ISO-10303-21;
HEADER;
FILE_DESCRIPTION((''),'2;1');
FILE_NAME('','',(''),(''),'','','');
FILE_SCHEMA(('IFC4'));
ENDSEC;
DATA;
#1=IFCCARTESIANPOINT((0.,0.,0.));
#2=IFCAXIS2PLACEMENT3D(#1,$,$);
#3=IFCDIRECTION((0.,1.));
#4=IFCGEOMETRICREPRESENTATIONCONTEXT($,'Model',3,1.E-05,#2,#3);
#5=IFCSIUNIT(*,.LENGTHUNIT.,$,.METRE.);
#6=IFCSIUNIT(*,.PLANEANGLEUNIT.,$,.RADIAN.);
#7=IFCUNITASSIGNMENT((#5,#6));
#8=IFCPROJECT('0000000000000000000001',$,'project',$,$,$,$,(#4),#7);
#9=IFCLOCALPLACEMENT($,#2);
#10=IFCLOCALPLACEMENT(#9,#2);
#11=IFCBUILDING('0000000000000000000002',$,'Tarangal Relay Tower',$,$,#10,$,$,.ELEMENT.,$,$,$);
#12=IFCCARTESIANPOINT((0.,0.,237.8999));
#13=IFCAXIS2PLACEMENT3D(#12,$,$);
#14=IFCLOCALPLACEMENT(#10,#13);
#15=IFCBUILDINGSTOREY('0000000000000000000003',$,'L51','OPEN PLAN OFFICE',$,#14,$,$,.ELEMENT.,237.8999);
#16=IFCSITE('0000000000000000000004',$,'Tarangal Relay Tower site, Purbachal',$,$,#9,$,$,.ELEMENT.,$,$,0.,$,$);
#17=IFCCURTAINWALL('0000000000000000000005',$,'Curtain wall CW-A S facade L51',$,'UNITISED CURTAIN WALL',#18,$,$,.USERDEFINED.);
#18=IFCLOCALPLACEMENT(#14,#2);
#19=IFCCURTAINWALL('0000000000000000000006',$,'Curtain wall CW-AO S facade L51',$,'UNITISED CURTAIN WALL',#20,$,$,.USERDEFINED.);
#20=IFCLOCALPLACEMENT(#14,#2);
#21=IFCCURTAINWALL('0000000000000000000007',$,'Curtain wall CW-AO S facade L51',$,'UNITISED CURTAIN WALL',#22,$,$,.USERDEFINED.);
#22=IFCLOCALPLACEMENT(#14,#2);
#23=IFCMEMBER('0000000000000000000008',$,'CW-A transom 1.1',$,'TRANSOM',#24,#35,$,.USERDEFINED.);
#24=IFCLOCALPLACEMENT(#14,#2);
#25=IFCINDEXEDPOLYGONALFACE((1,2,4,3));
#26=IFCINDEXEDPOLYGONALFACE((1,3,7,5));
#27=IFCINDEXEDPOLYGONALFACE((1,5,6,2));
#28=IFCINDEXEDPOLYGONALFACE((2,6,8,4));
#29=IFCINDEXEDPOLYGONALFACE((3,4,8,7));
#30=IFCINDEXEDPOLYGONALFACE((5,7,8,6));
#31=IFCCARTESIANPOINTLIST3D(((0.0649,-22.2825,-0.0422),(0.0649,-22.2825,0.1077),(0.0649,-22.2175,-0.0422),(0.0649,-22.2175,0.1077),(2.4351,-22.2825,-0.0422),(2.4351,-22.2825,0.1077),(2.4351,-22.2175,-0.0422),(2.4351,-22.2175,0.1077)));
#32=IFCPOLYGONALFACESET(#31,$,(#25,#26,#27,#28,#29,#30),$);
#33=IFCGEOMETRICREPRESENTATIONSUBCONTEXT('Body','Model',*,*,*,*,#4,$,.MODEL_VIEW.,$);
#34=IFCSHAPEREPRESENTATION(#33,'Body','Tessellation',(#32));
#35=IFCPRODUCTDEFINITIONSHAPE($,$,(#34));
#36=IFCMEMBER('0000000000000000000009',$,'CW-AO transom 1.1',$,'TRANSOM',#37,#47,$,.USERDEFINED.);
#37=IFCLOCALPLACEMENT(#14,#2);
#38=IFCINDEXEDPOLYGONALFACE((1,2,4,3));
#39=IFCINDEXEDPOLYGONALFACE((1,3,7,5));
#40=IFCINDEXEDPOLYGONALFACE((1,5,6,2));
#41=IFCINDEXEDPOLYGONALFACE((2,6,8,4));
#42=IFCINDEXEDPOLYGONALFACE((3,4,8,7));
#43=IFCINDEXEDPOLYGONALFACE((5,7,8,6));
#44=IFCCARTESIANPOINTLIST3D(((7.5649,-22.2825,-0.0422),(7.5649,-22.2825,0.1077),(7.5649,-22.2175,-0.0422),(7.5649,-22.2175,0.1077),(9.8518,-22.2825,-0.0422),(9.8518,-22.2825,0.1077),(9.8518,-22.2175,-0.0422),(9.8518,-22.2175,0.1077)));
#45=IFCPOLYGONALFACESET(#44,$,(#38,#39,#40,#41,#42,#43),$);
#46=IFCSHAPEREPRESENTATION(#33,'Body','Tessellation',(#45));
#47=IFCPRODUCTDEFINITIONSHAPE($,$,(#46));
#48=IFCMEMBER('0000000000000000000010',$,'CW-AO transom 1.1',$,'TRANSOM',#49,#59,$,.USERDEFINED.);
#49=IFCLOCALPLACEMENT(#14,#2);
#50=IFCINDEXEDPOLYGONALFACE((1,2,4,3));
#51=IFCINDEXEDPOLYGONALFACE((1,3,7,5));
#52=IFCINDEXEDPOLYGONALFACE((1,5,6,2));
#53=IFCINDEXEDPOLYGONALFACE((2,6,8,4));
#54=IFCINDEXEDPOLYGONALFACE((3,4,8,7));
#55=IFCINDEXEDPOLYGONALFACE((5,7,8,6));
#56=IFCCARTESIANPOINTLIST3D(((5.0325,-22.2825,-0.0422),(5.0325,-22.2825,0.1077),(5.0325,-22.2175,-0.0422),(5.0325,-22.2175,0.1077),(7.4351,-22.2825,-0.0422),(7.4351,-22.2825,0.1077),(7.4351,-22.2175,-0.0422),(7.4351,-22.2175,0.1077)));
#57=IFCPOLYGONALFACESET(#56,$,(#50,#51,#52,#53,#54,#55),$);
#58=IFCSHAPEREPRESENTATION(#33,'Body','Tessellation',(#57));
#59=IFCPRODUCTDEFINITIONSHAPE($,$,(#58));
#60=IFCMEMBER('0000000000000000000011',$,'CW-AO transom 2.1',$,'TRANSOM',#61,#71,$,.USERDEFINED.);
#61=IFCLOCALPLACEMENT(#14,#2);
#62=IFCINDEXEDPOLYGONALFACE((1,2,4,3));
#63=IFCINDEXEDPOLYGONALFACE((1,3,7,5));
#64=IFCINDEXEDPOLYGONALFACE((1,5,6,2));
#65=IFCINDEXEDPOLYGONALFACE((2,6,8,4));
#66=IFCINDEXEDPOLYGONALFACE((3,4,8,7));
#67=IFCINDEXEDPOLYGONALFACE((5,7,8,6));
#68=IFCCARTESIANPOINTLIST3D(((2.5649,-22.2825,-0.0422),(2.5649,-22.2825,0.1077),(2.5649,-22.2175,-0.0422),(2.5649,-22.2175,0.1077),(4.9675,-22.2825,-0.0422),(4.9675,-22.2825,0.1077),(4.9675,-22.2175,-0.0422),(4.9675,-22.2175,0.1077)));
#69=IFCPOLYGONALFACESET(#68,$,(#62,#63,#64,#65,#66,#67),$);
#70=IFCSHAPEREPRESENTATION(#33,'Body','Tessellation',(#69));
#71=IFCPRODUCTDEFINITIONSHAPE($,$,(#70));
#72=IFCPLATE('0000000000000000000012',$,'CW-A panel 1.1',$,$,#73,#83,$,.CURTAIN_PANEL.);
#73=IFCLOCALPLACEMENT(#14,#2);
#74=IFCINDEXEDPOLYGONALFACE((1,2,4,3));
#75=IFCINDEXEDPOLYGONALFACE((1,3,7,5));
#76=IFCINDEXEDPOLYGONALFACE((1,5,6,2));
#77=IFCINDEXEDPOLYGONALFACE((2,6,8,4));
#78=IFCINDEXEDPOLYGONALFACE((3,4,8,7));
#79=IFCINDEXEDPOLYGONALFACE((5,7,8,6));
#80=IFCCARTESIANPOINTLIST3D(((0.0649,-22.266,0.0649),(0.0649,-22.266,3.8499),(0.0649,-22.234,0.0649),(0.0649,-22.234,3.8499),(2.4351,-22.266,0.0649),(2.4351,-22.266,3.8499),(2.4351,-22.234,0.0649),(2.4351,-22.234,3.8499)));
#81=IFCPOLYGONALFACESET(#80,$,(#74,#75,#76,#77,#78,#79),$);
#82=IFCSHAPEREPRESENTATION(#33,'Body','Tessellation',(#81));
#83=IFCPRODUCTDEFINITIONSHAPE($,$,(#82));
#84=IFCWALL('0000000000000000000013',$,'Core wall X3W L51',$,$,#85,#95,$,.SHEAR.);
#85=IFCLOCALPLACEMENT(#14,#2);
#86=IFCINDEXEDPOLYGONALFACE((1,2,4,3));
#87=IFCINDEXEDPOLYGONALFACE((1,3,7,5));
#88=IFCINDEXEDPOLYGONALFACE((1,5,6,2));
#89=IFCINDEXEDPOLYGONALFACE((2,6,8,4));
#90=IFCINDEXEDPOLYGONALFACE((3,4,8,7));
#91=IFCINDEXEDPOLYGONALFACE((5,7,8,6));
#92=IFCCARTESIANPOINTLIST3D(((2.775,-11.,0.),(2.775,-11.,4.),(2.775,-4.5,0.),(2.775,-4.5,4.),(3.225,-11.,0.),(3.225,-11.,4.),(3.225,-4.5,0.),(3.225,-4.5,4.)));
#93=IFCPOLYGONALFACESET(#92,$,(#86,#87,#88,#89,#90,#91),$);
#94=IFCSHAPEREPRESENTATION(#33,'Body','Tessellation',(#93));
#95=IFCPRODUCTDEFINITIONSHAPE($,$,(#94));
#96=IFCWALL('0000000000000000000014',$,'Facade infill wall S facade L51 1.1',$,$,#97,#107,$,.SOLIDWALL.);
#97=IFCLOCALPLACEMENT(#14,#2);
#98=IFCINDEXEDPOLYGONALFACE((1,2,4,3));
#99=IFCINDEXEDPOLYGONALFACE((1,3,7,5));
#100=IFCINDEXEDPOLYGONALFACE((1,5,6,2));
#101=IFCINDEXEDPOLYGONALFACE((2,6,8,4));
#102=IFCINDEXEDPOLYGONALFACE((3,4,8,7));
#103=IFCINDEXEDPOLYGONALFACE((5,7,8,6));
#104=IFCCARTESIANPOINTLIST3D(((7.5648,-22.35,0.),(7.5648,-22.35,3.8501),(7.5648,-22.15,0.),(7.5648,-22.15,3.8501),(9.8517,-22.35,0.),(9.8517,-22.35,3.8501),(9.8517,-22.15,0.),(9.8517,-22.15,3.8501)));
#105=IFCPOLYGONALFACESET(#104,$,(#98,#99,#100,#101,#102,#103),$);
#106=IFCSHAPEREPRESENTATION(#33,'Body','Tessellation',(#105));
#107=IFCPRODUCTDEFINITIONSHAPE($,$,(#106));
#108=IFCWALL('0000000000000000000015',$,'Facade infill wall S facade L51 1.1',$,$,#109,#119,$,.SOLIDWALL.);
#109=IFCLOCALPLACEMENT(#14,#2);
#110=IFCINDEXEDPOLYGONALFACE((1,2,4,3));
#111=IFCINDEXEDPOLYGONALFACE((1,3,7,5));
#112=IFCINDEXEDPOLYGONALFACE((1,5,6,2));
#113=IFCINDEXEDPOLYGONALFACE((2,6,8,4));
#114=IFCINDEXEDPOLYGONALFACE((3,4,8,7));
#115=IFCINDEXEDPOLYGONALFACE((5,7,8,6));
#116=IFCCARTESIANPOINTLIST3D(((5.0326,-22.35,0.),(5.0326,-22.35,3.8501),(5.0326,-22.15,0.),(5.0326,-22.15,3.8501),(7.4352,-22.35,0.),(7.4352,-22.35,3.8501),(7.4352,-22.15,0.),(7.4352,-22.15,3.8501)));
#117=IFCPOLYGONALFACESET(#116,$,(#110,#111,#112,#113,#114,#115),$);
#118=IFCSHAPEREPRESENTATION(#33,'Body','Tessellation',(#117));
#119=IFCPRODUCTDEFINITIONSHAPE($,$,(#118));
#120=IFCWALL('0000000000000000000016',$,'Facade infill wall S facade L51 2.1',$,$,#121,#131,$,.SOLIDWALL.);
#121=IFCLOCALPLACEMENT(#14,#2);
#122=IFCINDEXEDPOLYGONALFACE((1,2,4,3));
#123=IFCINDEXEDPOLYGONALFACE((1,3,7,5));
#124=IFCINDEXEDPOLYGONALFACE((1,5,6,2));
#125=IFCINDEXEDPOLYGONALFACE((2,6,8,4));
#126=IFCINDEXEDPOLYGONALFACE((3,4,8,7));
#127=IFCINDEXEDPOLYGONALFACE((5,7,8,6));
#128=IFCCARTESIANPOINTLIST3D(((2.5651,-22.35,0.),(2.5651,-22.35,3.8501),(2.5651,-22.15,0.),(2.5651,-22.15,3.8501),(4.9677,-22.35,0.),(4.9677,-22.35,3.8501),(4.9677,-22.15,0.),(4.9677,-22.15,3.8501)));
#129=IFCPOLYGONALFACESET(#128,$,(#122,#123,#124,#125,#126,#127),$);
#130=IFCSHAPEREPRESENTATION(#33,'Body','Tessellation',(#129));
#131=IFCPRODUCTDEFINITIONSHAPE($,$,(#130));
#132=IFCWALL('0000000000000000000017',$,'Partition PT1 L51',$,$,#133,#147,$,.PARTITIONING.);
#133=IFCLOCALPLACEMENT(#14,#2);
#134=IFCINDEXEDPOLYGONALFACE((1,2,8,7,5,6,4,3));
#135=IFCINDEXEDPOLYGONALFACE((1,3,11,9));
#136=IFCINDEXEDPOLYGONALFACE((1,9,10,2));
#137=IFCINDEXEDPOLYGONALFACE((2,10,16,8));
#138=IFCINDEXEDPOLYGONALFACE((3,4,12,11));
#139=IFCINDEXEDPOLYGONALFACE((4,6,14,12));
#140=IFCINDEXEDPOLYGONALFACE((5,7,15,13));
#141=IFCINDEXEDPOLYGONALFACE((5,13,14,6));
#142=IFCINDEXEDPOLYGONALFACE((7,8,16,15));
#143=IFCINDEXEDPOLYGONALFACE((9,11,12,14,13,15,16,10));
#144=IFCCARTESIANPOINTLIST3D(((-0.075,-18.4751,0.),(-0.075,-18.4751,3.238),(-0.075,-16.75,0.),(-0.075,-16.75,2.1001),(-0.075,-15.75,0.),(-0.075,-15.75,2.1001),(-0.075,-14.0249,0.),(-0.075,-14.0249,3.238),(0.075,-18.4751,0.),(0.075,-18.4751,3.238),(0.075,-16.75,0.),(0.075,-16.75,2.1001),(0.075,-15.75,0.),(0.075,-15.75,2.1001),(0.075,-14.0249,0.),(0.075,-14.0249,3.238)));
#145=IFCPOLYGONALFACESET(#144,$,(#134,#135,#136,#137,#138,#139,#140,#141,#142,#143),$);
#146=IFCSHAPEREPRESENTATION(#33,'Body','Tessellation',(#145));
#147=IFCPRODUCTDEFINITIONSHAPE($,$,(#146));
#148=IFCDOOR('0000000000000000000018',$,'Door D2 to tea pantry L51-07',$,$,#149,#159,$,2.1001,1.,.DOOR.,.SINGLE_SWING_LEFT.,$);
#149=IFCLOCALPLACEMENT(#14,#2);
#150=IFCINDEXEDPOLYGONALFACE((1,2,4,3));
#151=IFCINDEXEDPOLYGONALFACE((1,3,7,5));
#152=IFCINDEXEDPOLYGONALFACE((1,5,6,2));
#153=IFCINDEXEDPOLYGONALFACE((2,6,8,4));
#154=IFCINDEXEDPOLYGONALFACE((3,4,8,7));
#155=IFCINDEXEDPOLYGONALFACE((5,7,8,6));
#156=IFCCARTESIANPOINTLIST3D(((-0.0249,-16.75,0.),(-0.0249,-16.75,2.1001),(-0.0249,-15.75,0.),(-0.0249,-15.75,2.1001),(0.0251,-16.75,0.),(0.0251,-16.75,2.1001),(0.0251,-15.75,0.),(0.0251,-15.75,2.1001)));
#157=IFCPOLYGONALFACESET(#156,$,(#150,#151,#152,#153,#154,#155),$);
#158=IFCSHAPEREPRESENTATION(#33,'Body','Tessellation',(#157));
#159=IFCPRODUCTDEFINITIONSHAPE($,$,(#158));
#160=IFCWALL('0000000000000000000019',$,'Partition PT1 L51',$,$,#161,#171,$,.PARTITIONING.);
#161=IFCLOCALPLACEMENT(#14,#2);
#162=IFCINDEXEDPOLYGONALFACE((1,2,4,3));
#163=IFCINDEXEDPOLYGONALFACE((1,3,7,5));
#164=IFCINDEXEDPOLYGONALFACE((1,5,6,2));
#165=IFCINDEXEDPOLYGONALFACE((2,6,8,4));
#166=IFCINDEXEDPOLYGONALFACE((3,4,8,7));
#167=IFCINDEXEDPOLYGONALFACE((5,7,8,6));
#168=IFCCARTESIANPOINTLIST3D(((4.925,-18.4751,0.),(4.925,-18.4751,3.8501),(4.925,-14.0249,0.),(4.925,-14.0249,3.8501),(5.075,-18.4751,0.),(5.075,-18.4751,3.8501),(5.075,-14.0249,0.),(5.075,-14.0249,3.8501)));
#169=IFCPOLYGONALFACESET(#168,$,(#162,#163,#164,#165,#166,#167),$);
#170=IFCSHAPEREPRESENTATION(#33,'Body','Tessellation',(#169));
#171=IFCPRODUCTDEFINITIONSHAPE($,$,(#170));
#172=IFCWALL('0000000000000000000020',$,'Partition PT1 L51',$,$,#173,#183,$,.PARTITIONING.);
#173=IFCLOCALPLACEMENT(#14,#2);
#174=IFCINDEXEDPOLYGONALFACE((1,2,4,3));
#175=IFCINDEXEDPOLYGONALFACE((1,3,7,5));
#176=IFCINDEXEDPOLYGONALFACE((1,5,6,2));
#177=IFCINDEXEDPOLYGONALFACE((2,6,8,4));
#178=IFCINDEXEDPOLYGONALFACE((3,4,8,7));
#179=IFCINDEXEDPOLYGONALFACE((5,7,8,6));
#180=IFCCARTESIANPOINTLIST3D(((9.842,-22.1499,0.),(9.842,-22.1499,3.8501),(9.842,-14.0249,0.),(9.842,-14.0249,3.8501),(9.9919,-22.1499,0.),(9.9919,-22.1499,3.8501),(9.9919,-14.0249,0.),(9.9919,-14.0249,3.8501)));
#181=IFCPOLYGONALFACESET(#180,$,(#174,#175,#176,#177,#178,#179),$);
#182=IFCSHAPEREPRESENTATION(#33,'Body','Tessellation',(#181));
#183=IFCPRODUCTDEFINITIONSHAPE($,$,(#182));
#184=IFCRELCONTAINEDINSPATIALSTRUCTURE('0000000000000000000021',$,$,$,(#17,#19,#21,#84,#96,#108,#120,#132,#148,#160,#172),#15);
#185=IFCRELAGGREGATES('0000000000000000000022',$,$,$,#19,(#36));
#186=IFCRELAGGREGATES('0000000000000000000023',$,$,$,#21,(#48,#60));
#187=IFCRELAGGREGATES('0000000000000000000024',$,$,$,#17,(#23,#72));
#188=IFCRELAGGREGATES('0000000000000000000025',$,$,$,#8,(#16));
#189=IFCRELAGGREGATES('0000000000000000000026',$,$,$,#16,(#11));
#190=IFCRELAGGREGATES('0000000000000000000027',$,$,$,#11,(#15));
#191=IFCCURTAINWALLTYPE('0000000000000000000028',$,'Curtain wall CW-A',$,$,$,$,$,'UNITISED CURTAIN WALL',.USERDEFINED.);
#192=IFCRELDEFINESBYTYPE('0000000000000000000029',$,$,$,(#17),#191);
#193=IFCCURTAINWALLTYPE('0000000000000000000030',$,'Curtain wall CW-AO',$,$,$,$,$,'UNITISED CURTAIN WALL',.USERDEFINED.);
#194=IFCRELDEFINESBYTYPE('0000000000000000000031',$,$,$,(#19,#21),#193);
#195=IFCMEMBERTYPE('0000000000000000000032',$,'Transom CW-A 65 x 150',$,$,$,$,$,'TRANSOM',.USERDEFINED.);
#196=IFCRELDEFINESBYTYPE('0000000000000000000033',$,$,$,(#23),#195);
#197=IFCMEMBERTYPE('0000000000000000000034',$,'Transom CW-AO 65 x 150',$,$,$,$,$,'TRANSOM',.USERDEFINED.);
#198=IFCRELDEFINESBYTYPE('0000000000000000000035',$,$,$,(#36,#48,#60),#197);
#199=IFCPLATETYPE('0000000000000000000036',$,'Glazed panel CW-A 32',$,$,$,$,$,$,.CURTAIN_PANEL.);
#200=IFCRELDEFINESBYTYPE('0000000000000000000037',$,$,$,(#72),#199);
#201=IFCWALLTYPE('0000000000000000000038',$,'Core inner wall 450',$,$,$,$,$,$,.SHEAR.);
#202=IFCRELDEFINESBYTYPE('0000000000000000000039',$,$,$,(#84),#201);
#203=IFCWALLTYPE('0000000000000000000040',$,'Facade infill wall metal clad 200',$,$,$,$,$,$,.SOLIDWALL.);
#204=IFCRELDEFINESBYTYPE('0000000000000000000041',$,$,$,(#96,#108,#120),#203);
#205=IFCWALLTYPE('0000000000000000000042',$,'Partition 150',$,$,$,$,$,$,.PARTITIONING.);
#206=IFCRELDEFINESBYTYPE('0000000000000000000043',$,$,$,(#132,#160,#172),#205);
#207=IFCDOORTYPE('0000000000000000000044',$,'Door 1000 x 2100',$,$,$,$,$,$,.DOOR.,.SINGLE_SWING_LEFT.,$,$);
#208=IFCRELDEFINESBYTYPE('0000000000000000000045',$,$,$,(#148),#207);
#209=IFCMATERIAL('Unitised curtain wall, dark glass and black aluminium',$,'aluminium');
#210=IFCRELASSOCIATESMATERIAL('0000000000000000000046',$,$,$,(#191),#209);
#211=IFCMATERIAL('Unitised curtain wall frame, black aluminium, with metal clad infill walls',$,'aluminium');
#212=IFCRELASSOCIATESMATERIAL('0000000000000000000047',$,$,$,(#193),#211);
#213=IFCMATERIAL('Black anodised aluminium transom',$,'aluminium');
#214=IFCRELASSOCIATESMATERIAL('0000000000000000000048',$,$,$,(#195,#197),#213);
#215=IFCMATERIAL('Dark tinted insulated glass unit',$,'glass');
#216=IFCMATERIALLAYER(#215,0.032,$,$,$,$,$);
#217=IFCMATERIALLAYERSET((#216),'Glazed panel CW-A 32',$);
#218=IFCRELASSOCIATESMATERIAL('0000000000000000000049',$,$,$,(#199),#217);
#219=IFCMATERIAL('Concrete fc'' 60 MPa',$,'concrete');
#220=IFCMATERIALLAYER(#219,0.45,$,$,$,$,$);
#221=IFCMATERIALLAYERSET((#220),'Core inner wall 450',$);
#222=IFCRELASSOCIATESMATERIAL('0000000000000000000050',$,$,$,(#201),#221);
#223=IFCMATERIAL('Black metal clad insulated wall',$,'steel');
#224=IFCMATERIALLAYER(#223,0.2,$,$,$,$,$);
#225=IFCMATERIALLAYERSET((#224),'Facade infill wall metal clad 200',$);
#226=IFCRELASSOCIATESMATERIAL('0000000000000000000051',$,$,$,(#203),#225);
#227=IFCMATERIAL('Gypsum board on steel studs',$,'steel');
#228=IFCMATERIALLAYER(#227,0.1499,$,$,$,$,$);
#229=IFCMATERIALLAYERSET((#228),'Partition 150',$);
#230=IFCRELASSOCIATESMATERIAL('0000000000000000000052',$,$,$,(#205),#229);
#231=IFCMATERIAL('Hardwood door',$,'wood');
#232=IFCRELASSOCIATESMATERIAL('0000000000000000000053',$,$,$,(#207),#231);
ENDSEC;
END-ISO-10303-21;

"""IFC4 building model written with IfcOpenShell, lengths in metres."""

from ifc_helpers import new_model, si_unit, direction, frame, frame_2d, origin, origin_2d, place, context, subcontext, project, spatial, rectangle, extrude, material, layer, layer_set, material_profile, profile_set, type_object, element, fill, aggregate, save


model = new_model("IFC4")

# Units and contexts
model_context = context("Model", 3, precision=1e-05, world=origin(), true_north=direction((0.0, 1.0)))
body_context = subcontext(model_context, "Body", "Model", "MODEL_VIEW")
ifc_project = project(units=[si_unit("LENGTHUNIT", "METRE"), si_unit("PLANEANGLEUNIT", "RADIAN")], contexts=[model_context])

# Site, building, storey
site_placement = place(None, origin())
site = spatial("IfcSite", under=ifc_project, at=site_placement, Name="Tarangal Relay Tower site, Purbachal", CompositionType="ELEMENT", RefElevation=0.0)
building_placement = place(site_placement, origin())
building = spatial("IfcBuilding", under=site, at=building_placement, Name="Tarangal Relay Tower", CompositionType="ELEMENT")
storey_placement = place(building_placement, frame((0.0, 0.0, 237.8999)))
storey = spatial("IfcBuildingStorey", under=building, at=storey_placement, Name="L51", Description="OPEN PLAN OFFICE", CompositionType="ELEMENT", Elevation=237.8999)

# Shared definitions
ifc_material_1 = material(Name="Unitised curtain wall, dark glass and black aluminium", Category="aluminium")
curtain_wall_type_1 = type_object("IfcCurtainWallType", Name="Curtain wall CW-A", ElementType="UNITISED CURTAIN WALL", PredefinedType="USERDEFINED", material=ifc_material_1)

# Curtain walls
curtain_wall_1_placement = place(storey_placement, origin())
curtain_wall_1 = element("IfcCurtainWall", 1, at=curtain_wall_1_placement, inside=storey, type_object=curtain_wall_type_1, Name="Curtain wall CW-A S facade L51", ObjectType="UNITISED CURTAIN WALL", PredefinedType="USERDEFINED")
ifc_material_2 = material(Name="Unitised curtain wall frame, black aluminium, with metal clad infill walls", Category="aluminium")
curtain_wall_type_2 = type_object("IfcCurtainWallType", Name="Curtain wall CW-AO", ElementType="UNITISED CURTAIN WALL", PredefinedType="USERDEFINED", material=ifc_material_2)
curtain_wall_2_placement = place(storey_placement, origin())
curtain_wall_2 = element("IfcCurtainWall", 2, at=curtain_wall_2_placement, inside=storey, type_object=curtain_wall_type_2, Name="Curtain wall CW-AO S facade L51", ObjectType="UNITISED CURTAIN WALL", PredefinedType="USERDEFINED")
curtain_wall_3_placement = place(storey_placement, origin())
curtain_wall_3 = element("IfcCurtainWall", 3, at=curtain_wall_3_placement, inside=storey, type_object=curtain_wall_type_2, Name="Curtain wall CW-AO S facade L51", ObjectType="UNITISED CURTAIN WALL", PredefinedType="USERDEFINED")

# Members
ifc_material_3 = material(Name="Black anodised aluminium transom", Category="aluminium")
ifc_material_profile_1 = material_profile(ifc_material_3, rectangle(XDim=0.0649, YDim=0.1499, at=origin_2d()), Name="CW-AT 65X150")
ifc_profile_set_1 = profile_set([ifc_material_profile_1], Name="Black anodised aluminium transom")
member_type_1 = type_object("IfcMemberType", Name="Transom CW-A 65 x 150", ElementType="TRANSOM", PredefinedType="USERDEFINED", material=ifc_profile_set_1)
member_1_placement = place(storey_placement, frame((2.4351, -22.25, 0.0327), z_axis=(-1.0, 0.0, 0.0), x_axis=(0.0, -1.0, 0.0)))
member_1 = element("IfcMember", 4, at=member_1_placement, type_object=member_type_1, Name="CW-A transom 1.1", ObjectType="TRANSOM", PredefinedType="USERDEFINED", context=body_context, shape_type="SweptSolid", body=[
    extrude(rectangle(XDim=0.0649, YDim=0.1499, at=origin_2d()), origin(), (0.0, 0.0, 1.0), 2.3701),
])
ifc_material_profile_2 = material_profile(ifc_material_3, rectangle(XDim=0.0649, YDim=0.1499, at=origin_2d()), Name="CW-AOT 65X150")
ifc_profile_set_2 = profile_set([ifc_material_profile_2], Name="Black anodised aluminium transom")
member_type_2 = type_object("IfcMemberType", Name="Transom CW-AO 65 x 150", ElementType="TRANSOM", PredefinedType="USERDEFINED", material=ifc_profile_set_2)
member_2_placement = place(storey_placement, frame((9.8518, -22.25, 0.0327), z_axis=(-1.0, 0.0, 0.0), x_axis=(0.0, -1.0, 0.0)))
member_2 = element("IfcMember", 5, at=member_2_placement, type_object=member_type_2, Name="CW-AO transom 1.1", ObjectType="TRANSOM", PredefinedType="USERDEFINED", context=body_context, shape_type="SweptSolid", body=[
    extrude(rectangle(XDim=0.0649, YDim=0.1499, at=origin_2d()), origin(), (0.0, 0.0, 1.0), 2.2869),
])
aggregate(curtain_wall_2, [member_2])
member_3_placement = place(storey_placement, frame((7.4351, -22.25, 0.0327), z_axis=(-1.0, 0.0, 0.0), x_axis=(0.0, -1.0, 0.0)))
member_3 = element("IfcMember", 6, at=member_3_placement, type_object=member_type_2, Name="CW-AO transom 1.1", ObjectType="TRANSOM", PredefinedType="USERDEFINED", context=body_context, shape_type="SweptSolid", body=[
    extrude(rectangle(XDim=0.0649, YDim=0.1499, at=origin_2d()), origin(), (0.0, 0.0, 1.0), 2.4026),
])
member_4_placement = place(storey_placement, frame((4.9675, -22.25, 0.0327), z_axis=(-1.0, 0.0, 0.0), x_axis=(0.0, -1.0, 0.0)))
member_4 = element("IfcMember", 7, at=member_4_placement, type_object=member_type_2, Name="CW-AO transom 2.1", ObjectType="TRANSOM", PredefinedType="USERDEFINED", context=body_context, shape_type="SweptSolid", body=[
    extrude(rectangle(XDim=0.0649, YDim=0.1499, at=origin_2d()), origin(), (0.0, 0.0, 1.0), 2.4026),
])
aggregate(curtain_wall_3, [member_3, member_4])

# Plate
ifc_material_4 = material(Name="Dark tinted insulated glass unit", Category="glass")
ifc_layer_1 = layer(ifc_material_4, 0.032)
ifc_layer_set_1 = layer_set([ifc_layer_1], Name="Glazed panel CW-A 32")
plate_type = type_object("IfcPlateType", Name="Glazed panel CW-A 32", PredefinedType="CURTAIN_PANEL", material=ifc_layer_set_1)
plate_placement = place(storey_placement, frame((1.25, -22.25, 0.0649), z_axis=(0.0, 0.0, 1.0), x_axis=(-1.0, 0.0, 0.0)))
plate = element("IfcPlate", 8, at=plate_placement, type_object=plate_type, Name="CW-A panel 1.1", PredefinedType="CURTAIN_PANEL", context=body_context, shape_type="SweptSolid", body=[
    extrude(rectangle(XDim=2.3701, YDim=0.032, at=origin_2d()), origin(), (0.0, 0.0, 1.0), 3.7849),
])
aggregate(curtain_wall_1, [member_1, plate])

# Walls
ifc_material_5 = material(Name="Concrete fc' 60 MPa", Category="concrete")
ifc_layer_2 = layer(ifc_material_5, 0.45)
ifc_layer_set_2 = layer_set([ifc_layer_2], Name="Core inner wall 450")
wall_type_1 = type_object("IfcWallType", Name="Core inner wall 450", PredefinedType="SHEAR", material=ifc_layer_set_2)
wall_1_placement = place(storey_placement, frame((3.0, -11.0, 0.0), z_axis=(0.0, 0.0, 1.0), x_axis=(0.0, 1.0, 0.0)))
element("IfcWall", 9, at=wall_1_placement, inside=storey, type_object=wall_type_1, Name="Core wall X3W L51", PredefinedType="SHEAR", context=body_context, shape_type="SweptSolid", body=[
    extrude(rectangle(XDim=6.5, YDim=0.45, at=frame_2d((3.25, 0.0))), origin(), (0.0, 0.0, 1.0), 4.0),
])
ifc_material_6 = material(Name="Black metal clad insulated wall", Category="steel")
ifc_layer_3 = layer(ifc_material_6, 0.2)
ifc_layer_set_3 = layer_set([ifc_layer_3], Name="Facade infill wall metal clad 200")
wall_type_2 = type_object("IfcWallType", Name="Facade infill wall metal clad 200", PredefinedType="SOLIDWALL", material=ifc_layer_set_3)
wall_2_placement = place(storey_placement, frame((9.8518, -22.25, 0.0), z_axis=(0.0, 0.0, 1.0), x_axis=(-1.0, 0.0, 0.0)))
element("IfcWall", 10, at=wall_2_placement, inside=storey, type_object=wall_type_2, Name="Facade infill wall S facade L51 1.1", PredefinedType="SOLIDWALL", context=body_context, shape_type="SweptSolid", body=[
    extrude(rectangle(XDim=2.2869, YDim=0.2, at=frame_2d((1.1436, 0.0))), origin(), (0.0, 0.0, 1.0), 3.8501),
])
for number, where, z_axis, x_axis, name in (
    (11, (7.4351, -22.25, 0.0), (0.0, 0.0, 1.0), (-1.0, 0.0, 0.0), "Facade infill wall S facade L51 1.1"),
    (12, (4.9675, -22.25, 0.0), (0.0, 0.0, 1.0), (-1.0, 0.0, 0.0), "Facade infill wall S facade L51 2.1"),
):
    element("IfcWall", number, at=place(storey_placement, frame(where, z_axis=z_axis, x_axis=x_axis)), inside=storey, type_object=wall_type_2, Name=name, PredefinedType="SOLIDWALL", context=body_context, shape_type="SweptSolid", body=[
        extrude(rectangle(XDim=2.4026, YDim=0.2, at=frame_2d((1.2012, 0.0))), origin(), (0.0, 0.0, 1.0), 3.8501),
    ])

# Wall, opening, door
ifc_material_7 = material(Name="Gypsum board on steel studs", Category="steel")
ifc_layer_4 = layer(ifc_material_7, 0.1499)
ifc_layer_set_4 = layer_set([ifc_layer_4], Name="Partition 150")
wall_type_3 = type_object("IfcWallType", Name="Partition 150", PredefinedType="PARTITIONING", material=ifc_layer_set_4)
wall_3_placement = place(storey_placement, frame((0.0, -18.4751, 0.0), z_axis=(0.0, 0.0, 1.0), x_axis=(0.0, 1.0, 0.0)))
wall_3 = element("IfcWall", 13, at=wall_3_placement, inside=storey, type_object=wall_type_3, Name="Partition PT1 L51", PredefinedType="PARTITIONING", context=body_context, shape_type="SweptSolid", body=[
    extrude(rectangle(XDim=4.4502, YDim=0.1499, at=frame_2d((2.2251, 0.0))), origin(), (0.0, 0.0, 1.0), 3.238),
])
opening_1_placement = place(wall_3_placement, frame((1.7251, 0.0, 0.0)))
opening_1 = element("IfcOpeningElement", 14, at=opening_1_placement, cuts=wall_3, PredefinedType="OPENING", context=body_context, shape_type="SweptSolid", body=[
    extrude(rectangle(XDim=1.0, YDim=2.1001, at=frame_2d((0.5, 1.05))), frame((0.0, 0.085, 0.0), z_axis=(0.0, -1.0, 0.0), x_axis=(1.0, 0.0, 0.0)), (0.0, 0.0, 1.0), 0.1699),
])
ifc_material_8 = material(Name="Hardwood door", Category="wood")
door_type_1 = type_object("IfcDoorType", Name="Door 1000 x 2100", OperationType="SINGLE_SWING_LEFT", PredefinedType="DOOR", material=ifc_material_8)
door_1_placement = place(opening_1_placement, origin())
door_1 = element("IfcDoor", 15, at=door_1_placement, inside=storey, type_object=door_type_1, Name="Door D2 to tea pantry L51-07", OperationType="SINGLE_SWING_LEFT", OverallHeight=2.1001, OverallWidth=1.0, PredefinedType="DOOR", context=body_context, shape_type="SweptSolid", body=[
    extrude(rectangle(XDim=1.0, YDim=2.1001, at=frame_2d((0.5, 1.05))), frame((0.0, 0.0249, 0.0), z_axis=(0.0, -1.0, 0.0), x_axis=(1.0, 0.0, 0.0)), (0.0, 0.0, 1.0), 0.05),
])
fill(opening_1, door_1)

# Walls
wall_4_placement = place(storey_placement, frame((5.0, -18.4751, 0.0), z_axis=(0.0, 0.0, 1.0), x_axis=(0.0, 1.0, 0.0)))
element("IfcWall", 16, at=wall_4_placement, inside=storey, type_object=wall_type_3, Name="Partition PT1 L51", PredefinedType="PARTITIONING", context=body_context, shape_type="SweptSolid", body=[
    extrude(rectangle(XDim=4.4502, YDim=0.1499, at=frame_2d((2.2251, 0.0))), origin(), (0.0, 0.0, 1.0), 3.8501),
])
wall_5_placement = place(storey_placement, frame((9.917, -22.1499, 0.0), z_axis=(0.0, 0.0, 1.0), x_axis=(0.0, 1.0, 0.0)))
element("IfcWall", 17, at=wall_5_placement, inside=storey, type_object=wall_type_3, Name="Partition PT1 L51", PredefinedType="PARTITIONING", context=body_context, shape_type="SweptSolid", body=[
    extrude(rectangle(XDim=8.125, YDim=0.1499, at=frame_2d((4.0625, 0.0))), origin(), (0.0, 0.0, 1.0), 3.8501),
])

save(model, "model.ifc")
